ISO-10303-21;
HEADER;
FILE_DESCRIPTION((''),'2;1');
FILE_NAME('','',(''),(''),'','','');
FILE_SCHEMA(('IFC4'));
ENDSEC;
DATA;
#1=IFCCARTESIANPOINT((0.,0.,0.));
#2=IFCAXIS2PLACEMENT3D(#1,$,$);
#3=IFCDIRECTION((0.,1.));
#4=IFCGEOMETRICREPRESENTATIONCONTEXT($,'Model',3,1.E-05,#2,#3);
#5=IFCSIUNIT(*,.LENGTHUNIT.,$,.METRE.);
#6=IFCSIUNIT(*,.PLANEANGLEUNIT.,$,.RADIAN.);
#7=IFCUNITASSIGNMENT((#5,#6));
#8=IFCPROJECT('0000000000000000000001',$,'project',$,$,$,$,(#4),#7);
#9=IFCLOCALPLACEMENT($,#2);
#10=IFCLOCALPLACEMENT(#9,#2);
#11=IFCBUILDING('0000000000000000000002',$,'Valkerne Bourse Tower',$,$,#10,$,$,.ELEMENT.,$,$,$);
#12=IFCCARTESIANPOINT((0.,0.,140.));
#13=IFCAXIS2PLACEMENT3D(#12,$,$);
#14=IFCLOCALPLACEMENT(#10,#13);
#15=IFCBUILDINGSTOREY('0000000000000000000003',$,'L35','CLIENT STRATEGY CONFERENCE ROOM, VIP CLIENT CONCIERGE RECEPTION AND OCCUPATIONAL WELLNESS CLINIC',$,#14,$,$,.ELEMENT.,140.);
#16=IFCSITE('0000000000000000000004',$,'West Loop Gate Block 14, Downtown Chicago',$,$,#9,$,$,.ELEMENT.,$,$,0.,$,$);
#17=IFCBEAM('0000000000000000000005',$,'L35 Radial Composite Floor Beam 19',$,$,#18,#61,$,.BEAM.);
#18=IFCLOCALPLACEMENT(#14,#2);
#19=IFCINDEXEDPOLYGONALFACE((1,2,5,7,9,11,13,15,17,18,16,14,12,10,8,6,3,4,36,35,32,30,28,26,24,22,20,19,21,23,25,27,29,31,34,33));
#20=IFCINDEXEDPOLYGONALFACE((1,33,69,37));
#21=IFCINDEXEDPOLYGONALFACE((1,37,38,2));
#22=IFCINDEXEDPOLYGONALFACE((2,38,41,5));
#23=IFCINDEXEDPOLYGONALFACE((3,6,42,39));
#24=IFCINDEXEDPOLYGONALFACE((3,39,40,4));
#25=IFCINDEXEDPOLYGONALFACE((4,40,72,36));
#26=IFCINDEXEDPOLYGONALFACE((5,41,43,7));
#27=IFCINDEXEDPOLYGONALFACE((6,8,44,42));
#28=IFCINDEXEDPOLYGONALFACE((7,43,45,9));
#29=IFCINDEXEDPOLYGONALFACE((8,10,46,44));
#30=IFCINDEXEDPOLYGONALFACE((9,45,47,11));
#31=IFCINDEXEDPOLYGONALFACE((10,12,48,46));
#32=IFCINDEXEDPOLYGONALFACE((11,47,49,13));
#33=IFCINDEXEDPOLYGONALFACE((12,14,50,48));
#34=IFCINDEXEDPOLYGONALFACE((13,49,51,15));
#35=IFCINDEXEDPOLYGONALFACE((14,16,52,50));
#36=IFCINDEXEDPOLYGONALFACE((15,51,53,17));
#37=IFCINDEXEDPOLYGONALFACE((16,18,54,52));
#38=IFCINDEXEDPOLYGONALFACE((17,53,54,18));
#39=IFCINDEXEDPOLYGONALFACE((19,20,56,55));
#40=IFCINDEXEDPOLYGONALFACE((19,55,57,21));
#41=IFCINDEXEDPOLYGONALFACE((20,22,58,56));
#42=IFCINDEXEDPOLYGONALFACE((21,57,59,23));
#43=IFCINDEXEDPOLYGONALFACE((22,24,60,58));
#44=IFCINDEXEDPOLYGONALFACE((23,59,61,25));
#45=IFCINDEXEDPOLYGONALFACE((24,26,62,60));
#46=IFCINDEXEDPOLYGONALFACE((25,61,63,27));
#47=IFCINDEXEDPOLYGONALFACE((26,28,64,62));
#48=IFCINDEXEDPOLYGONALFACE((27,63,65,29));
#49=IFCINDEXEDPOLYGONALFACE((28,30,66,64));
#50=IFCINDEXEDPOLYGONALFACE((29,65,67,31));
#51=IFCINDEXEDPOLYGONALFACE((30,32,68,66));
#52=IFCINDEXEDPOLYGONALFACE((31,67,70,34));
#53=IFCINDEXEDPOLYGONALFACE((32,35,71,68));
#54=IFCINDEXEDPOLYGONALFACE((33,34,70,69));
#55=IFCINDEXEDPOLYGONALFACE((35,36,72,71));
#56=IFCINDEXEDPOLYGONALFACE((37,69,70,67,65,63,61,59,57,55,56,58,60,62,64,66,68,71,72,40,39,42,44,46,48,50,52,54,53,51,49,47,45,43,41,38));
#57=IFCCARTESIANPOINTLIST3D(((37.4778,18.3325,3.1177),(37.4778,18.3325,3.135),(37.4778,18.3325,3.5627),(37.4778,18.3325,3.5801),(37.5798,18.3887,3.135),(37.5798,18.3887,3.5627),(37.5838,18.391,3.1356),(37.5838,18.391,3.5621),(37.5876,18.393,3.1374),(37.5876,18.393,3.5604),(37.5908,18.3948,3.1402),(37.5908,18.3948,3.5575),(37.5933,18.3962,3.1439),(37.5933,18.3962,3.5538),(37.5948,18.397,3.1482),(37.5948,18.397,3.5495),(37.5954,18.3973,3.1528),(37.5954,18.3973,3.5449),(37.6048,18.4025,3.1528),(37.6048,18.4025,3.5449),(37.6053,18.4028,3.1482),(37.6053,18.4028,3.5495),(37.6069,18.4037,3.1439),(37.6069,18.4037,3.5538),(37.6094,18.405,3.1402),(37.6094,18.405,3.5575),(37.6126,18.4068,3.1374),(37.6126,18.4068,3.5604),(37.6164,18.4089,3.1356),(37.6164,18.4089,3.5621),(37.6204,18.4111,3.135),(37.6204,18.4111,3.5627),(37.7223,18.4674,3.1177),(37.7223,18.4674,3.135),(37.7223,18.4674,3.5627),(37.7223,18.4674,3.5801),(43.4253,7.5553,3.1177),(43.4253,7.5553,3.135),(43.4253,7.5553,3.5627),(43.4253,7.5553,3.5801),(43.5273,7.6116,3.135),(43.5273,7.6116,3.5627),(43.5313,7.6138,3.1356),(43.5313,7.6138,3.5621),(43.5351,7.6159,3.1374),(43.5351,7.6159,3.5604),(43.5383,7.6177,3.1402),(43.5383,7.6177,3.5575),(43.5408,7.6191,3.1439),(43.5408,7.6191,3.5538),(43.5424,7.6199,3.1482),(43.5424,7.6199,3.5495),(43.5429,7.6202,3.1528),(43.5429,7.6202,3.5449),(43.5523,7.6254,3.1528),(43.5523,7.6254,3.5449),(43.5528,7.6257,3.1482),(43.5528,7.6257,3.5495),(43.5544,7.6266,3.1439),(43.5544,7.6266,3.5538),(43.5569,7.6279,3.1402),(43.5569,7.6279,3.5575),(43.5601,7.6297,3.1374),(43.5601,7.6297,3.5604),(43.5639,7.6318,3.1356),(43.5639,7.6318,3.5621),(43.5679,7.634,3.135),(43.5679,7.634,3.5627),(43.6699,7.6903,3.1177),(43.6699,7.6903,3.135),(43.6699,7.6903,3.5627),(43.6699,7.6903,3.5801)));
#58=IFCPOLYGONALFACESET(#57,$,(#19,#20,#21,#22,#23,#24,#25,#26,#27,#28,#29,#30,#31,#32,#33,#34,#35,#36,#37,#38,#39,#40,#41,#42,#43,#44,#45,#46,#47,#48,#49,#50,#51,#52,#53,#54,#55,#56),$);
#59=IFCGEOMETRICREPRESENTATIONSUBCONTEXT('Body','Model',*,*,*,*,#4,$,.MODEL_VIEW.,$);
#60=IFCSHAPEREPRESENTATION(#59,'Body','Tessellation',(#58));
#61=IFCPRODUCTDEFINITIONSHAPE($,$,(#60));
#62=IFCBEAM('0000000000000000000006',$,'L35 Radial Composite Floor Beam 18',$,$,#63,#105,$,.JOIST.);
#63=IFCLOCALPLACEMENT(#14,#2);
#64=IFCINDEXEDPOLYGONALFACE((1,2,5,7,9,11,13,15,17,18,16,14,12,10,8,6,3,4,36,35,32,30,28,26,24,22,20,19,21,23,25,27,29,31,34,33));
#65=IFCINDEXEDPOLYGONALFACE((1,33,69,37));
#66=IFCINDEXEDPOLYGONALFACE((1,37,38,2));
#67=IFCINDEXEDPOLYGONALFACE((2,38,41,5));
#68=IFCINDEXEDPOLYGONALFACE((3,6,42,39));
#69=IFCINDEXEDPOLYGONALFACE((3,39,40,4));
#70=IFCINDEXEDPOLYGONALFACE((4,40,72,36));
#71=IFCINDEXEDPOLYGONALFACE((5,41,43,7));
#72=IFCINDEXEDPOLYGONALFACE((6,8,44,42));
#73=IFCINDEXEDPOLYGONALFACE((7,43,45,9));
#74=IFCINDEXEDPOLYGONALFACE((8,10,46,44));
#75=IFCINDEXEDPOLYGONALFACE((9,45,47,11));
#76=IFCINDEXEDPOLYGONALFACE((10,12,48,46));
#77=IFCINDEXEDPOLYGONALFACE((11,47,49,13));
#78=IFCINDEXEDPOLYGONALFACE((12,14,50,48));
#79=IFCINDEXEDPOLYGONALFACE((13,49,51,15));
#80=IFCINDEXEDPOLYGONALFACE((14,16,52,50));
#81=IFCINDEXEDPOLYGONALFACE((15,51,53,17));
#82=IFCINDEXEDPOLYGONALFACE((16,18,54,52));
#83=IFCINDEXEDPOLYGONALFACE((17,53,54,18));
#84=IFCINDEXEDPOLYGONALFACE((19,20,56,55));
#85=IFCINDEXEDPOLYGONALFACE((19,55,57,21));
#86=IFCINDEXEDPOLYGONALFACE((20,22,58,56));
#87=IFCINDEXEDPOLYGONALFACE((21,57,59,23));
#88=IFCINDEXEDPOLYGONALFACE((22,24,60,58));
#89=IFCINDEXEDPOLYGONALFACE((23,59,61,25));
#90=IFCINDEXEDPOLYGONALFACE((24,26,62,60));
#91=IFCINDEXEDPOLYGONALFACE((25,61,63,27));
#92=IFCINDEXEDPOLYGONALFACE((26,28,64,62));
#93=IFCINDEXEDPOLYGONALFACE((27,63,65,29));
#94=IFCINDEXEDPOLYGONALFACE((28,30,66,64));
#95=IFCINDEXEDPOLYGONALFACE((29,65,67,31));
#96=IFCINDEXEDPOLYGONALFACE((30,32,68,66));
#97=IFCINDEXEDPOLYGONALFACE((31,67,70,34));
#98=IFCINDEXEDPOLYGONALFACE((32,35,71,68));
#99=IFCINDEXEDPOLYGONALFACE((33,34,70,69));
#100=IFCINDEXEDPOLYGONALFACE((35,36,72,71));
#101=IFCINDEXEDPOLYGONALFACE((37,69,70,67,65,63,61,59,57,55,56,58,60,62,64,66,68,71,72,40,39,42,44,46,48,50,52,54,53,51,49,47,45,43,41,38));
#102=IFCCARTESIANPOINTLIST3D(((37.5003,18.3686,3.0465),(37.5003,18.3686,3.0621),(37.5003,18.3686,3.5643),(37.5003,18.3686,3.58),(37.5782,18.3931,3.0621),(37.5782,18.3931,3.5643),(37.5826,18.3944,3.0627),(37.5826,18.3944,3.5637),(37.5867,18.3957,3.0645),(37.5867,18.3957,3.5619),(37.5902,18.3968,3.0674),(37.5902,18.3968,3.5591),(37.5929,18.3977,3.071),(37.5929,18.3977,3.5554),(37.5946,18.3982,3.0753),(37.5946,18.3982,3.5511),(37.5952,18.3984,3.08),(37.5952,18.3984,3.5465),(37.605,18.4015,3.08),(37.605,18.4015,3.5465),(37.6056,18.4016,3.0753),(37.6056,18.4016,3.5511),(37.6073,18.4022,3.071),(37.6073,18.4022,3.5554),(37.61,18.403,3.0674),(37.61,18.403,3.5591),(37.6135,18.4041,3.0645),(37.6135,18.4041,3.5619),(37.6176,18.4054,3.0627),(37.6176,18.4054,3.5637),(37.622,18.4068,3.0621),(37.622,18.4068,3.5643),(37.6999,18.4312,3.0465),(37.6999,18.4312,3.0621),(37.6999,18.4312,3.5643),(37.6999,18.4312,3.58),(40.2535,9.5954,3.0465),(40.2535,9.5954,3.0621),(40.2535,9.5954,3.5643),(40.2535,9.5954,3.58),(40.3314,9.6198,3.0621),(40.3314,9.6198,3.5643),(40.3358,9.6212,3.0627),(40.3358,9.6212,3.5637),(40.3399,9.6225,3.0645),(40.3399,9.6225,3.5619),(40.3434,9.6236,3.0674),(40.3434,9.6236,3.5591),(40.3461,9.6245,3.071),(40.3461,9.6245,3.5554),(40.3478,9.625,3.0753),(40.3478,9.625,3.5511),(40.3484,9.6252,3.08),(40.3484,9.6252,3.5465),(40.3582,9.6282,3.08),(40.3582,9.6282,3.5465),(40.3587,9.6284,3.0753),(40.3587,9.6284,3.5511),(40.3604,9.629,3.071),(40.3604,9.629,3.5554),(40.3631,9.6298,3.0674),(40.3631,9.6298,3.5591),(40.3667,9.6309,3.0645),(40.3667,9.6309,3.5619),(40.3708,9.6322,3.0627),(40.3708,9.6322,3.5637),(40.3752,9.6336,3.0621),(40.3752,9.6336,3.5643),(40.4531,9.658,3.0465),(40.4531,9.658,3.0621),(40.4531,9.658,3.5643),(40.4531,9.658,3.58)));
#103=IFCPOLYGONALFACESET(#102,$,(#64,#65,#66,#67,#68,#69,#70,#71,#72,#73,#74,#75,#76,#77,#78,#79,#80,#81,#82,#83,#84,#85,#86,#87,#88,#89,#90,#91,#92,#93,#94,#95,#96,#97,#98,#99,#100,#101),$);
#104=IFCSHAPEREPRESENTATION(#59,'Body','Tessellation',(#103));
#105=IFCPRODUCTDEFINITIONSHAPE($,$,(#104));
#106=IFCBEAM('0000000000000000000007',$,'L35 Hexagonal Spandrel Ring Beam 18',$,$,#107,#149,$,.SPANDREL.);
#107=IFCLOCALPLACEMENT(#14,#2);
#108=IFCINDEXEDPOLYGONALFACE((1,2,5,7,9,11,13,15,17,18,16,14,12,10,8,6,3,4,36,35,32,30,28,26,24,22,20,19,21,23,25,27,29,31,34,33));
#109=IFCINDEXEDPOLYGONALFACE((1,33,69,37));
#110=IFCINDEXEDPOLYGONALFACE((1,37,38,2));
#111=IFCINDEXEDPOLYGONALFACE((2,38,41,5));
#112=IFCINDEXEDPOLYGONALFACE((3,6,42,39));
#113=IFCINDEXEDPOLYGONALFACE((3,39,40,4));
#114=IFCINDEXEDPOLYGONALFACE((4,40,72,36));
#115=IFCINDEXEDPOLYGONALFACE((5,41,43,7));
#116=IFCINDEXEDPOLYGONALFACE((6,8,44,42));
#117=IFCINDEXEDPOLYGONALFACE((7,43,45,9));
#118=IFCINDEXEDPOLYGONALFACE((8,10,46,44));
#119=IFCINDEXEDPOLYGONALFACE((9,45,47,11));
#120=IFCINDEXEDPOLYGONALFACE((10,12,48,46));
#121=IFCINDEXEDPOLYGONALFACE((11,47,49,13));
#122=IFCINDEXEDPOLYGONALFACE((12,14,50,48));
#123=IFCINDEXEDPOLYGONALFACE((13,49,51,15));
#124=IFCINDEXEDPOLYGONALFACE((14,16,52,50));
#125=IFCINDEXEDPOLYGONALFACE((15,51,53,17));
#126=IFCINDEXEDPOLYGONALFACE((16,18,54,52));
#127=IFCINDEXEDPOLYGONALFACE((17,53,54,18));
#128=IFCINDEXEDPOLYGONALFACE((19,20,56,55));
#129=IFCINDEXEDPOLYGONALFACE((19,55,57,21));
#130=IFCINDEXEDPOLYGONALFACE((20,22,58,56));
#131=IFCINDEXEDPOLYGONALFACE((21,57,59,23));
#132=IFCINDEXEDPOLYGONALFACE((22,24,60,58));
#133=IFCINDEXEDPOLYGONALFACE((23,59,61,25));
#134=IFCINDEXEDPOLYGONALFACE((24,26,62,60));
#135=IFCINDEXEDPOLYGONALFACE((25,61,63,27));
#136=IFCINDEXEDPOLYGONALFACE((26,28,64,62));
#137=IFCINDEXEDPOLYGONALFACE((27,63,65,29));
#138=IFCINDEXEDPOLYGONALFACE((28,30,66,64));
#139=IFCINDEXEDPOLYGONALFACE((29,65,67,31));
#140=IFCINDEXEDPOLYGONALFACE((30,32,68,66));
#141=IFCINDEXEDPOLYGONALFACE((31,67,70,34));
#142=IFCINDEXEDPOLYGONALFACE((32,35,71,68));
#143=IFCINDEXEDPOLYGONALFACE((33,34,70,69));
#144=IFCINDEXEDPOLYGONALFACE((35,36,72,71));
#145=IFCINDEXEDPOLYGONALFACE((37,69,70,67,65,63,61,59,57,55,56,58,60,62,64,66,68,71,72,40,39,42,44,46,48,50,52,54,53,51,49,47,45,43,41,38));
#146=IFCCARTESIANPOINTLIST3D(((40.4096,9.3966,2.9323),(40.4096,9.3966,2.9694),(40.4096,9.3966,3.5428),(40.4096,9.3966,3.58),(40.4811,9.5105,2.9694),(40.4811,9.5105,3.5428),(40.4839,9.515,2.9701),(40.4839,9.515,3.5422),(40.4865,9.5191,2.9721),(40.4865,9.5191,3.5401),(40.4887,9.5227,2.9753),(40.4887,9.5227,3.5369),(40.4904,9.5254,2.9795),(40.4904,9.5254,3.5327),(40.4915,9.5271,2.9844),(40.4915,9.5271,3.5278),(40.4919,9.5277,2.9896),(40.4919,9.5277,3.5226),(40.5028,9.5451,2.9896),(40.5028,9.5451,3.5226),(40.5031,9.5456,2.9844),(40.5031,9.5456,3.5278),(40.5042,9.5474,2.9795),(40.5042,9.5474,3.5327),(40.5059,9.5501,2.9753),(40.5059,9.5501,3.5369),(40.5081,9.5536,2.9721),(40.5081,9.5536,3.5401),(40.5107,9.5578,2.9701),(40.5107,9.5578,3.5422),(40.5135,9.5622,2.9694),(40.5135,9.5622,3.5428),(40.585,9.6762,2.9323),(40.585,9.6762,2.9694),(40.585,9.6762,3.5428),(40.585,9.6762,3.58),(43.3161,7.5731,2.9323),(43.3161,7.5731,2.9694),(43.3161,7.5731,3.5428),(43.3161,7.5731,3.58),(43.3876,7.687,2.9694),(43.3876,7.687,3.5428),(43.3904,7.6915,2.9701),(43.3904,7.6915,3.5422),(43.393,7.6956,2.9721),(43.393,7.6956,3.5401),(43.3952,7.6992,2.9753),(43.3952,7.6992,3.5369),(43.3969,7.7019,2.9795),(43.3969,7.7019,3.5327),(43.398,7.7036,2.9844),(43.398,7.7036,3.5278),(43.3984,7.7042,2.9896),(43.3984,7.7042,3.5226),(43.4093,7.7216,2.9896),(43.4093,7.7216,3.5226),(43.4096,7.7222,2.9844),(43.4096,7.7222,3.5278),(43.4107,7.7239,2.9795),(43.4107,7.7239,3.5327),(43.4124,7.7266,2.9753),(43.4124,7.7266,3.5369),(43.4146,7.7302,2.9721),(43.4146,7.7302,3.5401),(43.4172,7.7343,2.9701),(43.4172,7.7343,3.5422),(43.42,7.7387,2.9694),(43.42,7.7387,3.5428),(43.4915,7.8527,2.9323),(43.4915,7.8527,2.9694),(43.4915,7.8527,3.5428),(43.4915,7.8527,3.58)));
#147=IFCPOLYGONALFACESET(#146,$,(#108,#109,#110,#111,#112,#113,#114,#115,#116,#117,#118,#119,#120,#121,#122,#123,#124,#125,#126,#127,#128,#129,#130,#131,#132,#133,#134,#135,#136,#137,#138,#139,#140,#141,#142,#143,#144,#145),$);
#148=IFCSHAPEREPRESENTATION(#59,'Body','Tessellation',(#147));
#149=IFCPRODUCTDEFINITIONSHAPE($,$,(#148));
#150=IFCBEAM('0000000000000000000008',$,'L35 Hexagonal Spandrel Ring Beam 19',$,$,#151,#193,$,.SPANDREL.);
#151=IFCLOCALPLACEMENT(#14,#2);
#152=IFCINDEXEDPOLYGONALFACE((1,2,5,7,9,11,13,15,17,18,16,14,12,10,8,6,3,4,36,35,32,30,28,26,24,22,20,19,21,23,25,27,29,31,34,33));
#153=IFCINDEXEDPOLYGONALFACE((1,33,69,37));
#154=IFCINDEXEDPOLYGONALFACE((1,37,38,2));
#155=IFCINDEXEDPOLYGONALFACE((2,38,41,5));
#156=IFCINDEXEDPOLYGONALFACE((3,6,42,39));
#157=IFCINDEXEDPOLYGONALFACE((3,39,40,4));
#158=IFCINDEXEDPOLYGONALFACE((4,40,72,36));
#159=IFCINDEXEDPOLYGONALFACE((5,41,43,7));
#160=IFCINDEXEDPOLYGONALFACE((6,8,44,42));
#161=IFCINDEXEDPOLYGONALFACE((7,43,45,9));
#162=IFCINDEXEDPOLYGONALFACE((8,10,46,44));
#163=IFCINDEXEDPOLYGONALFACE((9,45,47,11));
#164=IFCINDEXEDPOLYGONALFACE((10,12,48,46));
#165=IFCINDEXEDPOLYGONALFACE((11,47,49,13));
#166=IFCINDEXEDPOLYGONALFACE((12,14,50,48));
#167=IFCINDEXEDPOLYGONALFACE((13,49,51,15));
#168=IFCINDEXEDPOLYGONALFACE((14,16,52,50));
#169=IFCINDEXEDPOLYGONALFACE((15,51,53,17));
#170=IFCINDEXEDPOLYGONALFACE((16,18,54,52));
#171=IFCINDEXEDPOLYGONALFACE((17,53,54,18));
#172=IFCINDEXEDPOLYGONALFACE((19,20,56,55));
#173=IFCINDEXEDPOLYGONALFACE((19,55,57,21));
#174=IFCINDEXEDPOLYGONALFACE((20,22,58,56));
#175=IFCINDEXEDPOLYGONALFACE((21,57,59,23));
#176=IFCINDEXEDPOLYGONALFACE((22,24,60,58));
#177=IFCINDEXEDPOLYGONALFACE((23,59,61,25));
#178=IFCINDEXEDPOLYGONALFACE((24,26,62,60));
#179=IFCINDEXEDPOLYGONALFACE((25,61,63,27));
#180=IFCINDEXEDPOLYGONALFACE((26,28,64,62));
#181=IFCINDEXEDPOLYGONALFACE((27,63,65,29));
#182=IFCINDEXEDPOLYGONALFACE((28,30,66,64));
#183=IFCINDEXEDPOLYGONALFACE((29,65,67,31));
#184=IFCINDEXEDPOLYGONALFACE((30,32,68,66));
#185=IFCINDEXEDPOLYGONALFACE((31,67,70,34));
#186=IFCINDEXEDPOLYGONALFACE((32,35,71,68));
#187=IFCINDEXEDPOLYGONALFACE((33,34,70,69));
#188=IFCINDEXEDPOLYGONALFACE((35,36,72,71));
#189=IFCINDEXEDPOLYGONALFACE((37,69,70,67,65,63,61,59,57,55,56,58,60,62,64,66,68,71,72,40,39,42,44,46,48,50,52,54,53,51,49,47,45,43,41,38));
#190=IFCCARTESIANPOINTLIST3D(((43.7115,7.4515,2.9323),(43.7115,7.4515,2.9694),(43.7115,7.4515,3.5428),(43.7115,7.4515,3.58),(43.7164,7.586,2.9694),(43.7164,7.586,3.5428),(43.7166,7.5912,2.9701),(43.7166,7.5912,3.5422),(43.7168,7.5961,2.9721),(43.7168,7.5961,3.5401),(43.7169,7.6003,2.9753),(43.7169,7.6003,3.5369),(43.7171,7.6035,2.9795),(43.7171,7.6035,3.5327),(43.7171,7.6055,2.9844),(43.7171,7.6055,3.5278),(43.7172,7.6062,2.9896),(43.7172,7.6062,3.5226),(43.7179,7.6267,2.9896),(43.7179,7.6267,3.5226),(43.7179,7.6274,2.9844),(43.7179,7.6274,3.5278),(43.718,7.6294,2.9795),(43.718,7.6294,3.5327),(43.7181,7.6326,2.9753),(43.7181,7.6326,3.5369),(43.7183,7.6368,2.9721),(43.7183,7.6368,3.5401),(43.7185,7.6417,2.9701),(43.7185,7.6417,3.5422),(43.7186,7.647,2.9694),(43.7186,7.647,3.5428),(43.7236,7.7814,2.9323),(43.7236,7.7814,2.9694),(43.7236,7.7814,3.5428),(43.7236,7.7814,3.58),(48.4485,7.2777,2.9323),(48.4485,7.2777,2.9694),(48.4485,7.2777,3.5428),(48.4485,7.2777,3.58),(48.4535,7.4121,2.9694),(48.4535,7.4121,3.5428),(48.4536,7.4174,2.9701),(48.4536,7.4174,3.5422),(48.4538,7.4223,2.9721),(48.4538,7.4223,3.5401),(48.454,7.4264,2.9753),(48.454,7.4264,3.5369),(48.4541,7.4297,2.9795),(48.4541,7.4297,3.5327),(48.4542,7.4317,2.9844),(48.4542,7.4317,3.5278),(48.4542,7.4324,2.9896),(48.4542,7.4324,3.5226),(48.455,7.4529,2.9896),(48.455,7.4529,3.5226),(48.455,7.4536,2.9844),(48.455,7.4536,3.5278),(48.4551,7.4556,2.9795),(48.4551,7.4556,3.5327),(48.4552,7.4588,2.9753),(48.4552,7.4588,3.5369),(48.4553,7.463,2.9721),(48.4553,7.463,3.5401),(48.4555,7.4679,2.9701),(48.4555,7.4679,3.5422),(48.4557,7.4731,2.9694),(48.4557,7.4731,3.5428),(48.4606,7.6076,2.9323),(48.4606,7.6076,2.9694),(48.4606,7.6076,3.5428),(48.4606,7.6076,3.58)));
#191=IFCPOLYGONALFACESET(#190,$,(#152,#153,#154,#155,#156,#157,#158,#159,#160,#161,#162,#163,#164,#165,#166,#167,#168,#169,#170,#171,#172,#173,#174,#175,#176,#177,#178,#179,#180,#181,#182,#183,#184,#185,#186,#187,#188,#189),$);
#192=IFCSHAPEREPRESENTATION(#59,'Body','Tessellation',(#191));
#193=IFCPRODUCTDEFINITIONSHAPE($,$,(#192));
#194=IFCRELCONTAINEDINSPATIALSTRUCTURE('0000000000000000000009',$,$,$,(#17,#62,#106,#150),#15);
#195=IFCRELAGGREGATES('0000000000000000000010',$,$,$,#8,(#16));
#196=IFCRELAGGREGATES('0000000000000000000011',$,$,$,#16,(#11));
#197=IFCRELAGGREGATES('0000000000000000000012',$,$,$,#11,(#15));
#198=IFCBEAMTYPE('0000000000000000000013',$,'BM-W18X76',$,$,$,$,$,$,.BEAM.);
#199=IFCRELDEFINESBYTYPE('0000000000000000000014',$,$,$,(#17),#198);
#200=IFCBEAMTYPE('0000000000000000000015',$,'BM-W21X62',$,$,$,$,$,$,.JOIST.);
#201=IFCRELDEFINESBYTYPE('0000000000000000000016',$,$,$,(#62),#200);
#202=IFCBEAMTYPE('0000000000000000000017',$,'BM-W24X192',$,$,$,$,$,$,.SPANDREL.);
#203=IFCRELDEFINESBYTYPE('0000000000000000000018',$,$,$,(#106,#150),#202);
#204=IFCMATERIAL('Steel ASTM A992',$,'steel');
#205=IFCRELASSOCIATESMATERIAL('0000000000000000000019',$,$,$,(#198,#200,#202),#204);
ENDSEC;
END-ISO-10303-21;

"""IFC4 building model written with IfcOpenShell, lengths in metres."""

from ifc_helpers import new_model, si_unit, direction, frame, origin, origin_2d, place, context, subcontext, project, spatial, i_section, extrude, material, material_profile, profile_set, type_object, element, save


model = new_model("IFC4")

# Units and contexts
model_context = context("Model", 3, precision=1e-05, world=origin(), true_north=direction((0.0, 1.0)))
body_context = subcontext(model_context, "Body", "Model", "MODEL_VIEW")
ifc_project = project(units=[si_unit("LENGTHUNIT", "METRE"), si_unit("PLANEANGLEUNIT", "RADIAN")], contexts=[model_context])

# Site, building, storey
site_placement = place(None, origin())
site = spatial("IfcSite", under=ifc_project, at=site_placement, Name="West Loop Gate Block 14, Downtown Chicago", CompositionType="ELEMENT", RefElevation=0.0)
building_placement = place(site_placement, origin())
building = spatial("IfcBuilding", under=site, at=building_placement, Name="Valkerne Bourse Tower", CompositionType="ELEMENT")
storey_placement = place(building_placement, frame((0.0, 0.0, 140.0)))
storey = spatial("IfcBuildingStorey", under=building, at=storey_placement, Name="L35", Description="CLIENT STRATEGY CONFERENCE ROOM, VIP CLIENT CONCIERGE RECEPTION AND OCCUPATIONAL WELLNESS CLINIC", CompositionType="ELEMENT", Elevation=140.0)

# Beams
ifc_material_1 = material(Name="Steel ASTM A992", Category="steel")
ifc_material_profile_1 = material_profile(ifc_material_1, i_section(OverallWidth=0.2793, OverallDepth=0.4624, WebThickness=0.0107, FlangeThickness=0.0173, FilletRadius=0.0178, at=origin_2d()), Name="W18X76")
ifc_profile_set_1 = profile_set([ifc_material_profile_1], Name="Steel ASTM A992")
beam_type_1 = type_object("IfcBeamType", Name="BM-W18X76", PredefinedType="BEAM", material=ifc_profile_set_1)
beam_1_placement = place(storey_placement, frame((43.5476, 7.6228, 3.3489), z_axis=(-0.483172, 0.875525, 0.0), x_axis=(-0.875525, -0.483172, 0.0)))
element("IfcBeam", 1, at=beam_1_placement, inside=storey, type_object=beam_type_1, Name="L35 Radial Composite Floor Beam 19", PredefinedType="BEAM", context=body_context, shape_type="SweptSolid", body=[
    extrude(i_section(OverallWidth=0.2793, OverallDepth=0.4624, WebThickness=0.0107, FlangeThickness=0.0173, FilletRadius=0.0178, at=origin_2d()), origin(), (0.0, 0.0, 1.0), 12.3093),
])
ifc_material_profile_2 = material_profile(ifc_material_1, i_section(OverallWidth=0.2092, OverallDepth=0.5334, WebThickness=0.0103, FlangeThickness=0.0156, FilletRadius=0.0178, at=origin_2d()), Name="W21X62")
ifc_profile_set_2 = profile_set([ifc_material_profile_2], Name="Steel ASTM A992")
beam_type_2 = type_object("IfcBeamType", Name="BM-W21X62", PredefinedType="JOIST", material=ifc_profile_set_2)
beam_2_placement = place(storey_placement, frame((40.3533, 9.6267, 3.3132), z_axis=(-0.299419, 0.954122, 0.0), x_axis=(-0.954122, -0.299419, 0.0)))
element("IfcBeam", 2, at=beam_2_placement, inside=storey, type_object=beam_type_2, Name="L35 Radial Composite Floor Beam 18", PredefinedType="JOIST", context=body_context, shape_type="SweptSolid", body=[
    extrude(i_section(OverallWidth=0.2092, OverallDepth=0.5334, WebThickness=0.0103, FlangeThickness=0.0156, FilletRadius=0.0178, at=origin_2d()), origin(), (0.0, 0.0, 1.0), 9.1951),
])
ifc_material_profile_3 = material_profile(ifc_material_1, i_section(OverallWidth=0.3301, OverallDepth=0.6477, WebThickness=0.0205, FlangeThickness=0.0371, FilletRadius=0.0203, at=origin_2d()), Name="W24X192")
ifc_profile_set_3 = profile_set([ifc_material_profile_3], Name="Steel ASTM A992")
beam_type_3 = type_object("IfcBeamType", Name="BM-W24X192", PredefinedType="SPANDREL", material=ifc_profile_set_3)
beam_3_placement = place(storey_placement, frame((40.4973, 9.5364, 3.2561), z_axis=(0.84709, -0.53145, 0.0), x_axis=(0.53145, 0.84709, 0.0)))
element("IfcBeam", 3, at=beam_3_placement, inside=storey, type_object=beam_type_3, Name="L35 Hexagonal Spandrel Ring Beam 18", PredefinedType="SPANDREL", context=body_context, shape_type="SweptSolid", body=[
    extrude(i_section(OverallWidth=0.3301, OverallDepth=0.6477, WebThickness=0.0205, FlangeThickness=0.0371, FilletRadius=0.0203, at=origin_2d()), origin(), (0.0, 0.0, 1.0), 3.4312),
])
beam_4_placement = place(storey_placement, frame((43.7175, 7.6165, 3.2561), z_axis=(0.999327, -0.036671, 0.0), x_axis=(0.036671, 0.999327, 0.0)))
element("IfcBeam", 4, at=beam_4_placement, inside=storey, type_object=beam_type_3, Name="L35 Hexagonal Spandrel Ring Beam 19", PredefinedType="SPANDREL", context=body_context, shape_type="SweptSolid", body=[
    extrude(i_section(OverallWidth=0.3301, OverallDepth=0.6477, WebThickness=0.0205, FlangeThickness=0.0371, FilletRadius=0.0203, at=origin_2d()), origin(), (0.0, 0.0, 1.0), 4.7402),
])

save(model, "model.ifc")
